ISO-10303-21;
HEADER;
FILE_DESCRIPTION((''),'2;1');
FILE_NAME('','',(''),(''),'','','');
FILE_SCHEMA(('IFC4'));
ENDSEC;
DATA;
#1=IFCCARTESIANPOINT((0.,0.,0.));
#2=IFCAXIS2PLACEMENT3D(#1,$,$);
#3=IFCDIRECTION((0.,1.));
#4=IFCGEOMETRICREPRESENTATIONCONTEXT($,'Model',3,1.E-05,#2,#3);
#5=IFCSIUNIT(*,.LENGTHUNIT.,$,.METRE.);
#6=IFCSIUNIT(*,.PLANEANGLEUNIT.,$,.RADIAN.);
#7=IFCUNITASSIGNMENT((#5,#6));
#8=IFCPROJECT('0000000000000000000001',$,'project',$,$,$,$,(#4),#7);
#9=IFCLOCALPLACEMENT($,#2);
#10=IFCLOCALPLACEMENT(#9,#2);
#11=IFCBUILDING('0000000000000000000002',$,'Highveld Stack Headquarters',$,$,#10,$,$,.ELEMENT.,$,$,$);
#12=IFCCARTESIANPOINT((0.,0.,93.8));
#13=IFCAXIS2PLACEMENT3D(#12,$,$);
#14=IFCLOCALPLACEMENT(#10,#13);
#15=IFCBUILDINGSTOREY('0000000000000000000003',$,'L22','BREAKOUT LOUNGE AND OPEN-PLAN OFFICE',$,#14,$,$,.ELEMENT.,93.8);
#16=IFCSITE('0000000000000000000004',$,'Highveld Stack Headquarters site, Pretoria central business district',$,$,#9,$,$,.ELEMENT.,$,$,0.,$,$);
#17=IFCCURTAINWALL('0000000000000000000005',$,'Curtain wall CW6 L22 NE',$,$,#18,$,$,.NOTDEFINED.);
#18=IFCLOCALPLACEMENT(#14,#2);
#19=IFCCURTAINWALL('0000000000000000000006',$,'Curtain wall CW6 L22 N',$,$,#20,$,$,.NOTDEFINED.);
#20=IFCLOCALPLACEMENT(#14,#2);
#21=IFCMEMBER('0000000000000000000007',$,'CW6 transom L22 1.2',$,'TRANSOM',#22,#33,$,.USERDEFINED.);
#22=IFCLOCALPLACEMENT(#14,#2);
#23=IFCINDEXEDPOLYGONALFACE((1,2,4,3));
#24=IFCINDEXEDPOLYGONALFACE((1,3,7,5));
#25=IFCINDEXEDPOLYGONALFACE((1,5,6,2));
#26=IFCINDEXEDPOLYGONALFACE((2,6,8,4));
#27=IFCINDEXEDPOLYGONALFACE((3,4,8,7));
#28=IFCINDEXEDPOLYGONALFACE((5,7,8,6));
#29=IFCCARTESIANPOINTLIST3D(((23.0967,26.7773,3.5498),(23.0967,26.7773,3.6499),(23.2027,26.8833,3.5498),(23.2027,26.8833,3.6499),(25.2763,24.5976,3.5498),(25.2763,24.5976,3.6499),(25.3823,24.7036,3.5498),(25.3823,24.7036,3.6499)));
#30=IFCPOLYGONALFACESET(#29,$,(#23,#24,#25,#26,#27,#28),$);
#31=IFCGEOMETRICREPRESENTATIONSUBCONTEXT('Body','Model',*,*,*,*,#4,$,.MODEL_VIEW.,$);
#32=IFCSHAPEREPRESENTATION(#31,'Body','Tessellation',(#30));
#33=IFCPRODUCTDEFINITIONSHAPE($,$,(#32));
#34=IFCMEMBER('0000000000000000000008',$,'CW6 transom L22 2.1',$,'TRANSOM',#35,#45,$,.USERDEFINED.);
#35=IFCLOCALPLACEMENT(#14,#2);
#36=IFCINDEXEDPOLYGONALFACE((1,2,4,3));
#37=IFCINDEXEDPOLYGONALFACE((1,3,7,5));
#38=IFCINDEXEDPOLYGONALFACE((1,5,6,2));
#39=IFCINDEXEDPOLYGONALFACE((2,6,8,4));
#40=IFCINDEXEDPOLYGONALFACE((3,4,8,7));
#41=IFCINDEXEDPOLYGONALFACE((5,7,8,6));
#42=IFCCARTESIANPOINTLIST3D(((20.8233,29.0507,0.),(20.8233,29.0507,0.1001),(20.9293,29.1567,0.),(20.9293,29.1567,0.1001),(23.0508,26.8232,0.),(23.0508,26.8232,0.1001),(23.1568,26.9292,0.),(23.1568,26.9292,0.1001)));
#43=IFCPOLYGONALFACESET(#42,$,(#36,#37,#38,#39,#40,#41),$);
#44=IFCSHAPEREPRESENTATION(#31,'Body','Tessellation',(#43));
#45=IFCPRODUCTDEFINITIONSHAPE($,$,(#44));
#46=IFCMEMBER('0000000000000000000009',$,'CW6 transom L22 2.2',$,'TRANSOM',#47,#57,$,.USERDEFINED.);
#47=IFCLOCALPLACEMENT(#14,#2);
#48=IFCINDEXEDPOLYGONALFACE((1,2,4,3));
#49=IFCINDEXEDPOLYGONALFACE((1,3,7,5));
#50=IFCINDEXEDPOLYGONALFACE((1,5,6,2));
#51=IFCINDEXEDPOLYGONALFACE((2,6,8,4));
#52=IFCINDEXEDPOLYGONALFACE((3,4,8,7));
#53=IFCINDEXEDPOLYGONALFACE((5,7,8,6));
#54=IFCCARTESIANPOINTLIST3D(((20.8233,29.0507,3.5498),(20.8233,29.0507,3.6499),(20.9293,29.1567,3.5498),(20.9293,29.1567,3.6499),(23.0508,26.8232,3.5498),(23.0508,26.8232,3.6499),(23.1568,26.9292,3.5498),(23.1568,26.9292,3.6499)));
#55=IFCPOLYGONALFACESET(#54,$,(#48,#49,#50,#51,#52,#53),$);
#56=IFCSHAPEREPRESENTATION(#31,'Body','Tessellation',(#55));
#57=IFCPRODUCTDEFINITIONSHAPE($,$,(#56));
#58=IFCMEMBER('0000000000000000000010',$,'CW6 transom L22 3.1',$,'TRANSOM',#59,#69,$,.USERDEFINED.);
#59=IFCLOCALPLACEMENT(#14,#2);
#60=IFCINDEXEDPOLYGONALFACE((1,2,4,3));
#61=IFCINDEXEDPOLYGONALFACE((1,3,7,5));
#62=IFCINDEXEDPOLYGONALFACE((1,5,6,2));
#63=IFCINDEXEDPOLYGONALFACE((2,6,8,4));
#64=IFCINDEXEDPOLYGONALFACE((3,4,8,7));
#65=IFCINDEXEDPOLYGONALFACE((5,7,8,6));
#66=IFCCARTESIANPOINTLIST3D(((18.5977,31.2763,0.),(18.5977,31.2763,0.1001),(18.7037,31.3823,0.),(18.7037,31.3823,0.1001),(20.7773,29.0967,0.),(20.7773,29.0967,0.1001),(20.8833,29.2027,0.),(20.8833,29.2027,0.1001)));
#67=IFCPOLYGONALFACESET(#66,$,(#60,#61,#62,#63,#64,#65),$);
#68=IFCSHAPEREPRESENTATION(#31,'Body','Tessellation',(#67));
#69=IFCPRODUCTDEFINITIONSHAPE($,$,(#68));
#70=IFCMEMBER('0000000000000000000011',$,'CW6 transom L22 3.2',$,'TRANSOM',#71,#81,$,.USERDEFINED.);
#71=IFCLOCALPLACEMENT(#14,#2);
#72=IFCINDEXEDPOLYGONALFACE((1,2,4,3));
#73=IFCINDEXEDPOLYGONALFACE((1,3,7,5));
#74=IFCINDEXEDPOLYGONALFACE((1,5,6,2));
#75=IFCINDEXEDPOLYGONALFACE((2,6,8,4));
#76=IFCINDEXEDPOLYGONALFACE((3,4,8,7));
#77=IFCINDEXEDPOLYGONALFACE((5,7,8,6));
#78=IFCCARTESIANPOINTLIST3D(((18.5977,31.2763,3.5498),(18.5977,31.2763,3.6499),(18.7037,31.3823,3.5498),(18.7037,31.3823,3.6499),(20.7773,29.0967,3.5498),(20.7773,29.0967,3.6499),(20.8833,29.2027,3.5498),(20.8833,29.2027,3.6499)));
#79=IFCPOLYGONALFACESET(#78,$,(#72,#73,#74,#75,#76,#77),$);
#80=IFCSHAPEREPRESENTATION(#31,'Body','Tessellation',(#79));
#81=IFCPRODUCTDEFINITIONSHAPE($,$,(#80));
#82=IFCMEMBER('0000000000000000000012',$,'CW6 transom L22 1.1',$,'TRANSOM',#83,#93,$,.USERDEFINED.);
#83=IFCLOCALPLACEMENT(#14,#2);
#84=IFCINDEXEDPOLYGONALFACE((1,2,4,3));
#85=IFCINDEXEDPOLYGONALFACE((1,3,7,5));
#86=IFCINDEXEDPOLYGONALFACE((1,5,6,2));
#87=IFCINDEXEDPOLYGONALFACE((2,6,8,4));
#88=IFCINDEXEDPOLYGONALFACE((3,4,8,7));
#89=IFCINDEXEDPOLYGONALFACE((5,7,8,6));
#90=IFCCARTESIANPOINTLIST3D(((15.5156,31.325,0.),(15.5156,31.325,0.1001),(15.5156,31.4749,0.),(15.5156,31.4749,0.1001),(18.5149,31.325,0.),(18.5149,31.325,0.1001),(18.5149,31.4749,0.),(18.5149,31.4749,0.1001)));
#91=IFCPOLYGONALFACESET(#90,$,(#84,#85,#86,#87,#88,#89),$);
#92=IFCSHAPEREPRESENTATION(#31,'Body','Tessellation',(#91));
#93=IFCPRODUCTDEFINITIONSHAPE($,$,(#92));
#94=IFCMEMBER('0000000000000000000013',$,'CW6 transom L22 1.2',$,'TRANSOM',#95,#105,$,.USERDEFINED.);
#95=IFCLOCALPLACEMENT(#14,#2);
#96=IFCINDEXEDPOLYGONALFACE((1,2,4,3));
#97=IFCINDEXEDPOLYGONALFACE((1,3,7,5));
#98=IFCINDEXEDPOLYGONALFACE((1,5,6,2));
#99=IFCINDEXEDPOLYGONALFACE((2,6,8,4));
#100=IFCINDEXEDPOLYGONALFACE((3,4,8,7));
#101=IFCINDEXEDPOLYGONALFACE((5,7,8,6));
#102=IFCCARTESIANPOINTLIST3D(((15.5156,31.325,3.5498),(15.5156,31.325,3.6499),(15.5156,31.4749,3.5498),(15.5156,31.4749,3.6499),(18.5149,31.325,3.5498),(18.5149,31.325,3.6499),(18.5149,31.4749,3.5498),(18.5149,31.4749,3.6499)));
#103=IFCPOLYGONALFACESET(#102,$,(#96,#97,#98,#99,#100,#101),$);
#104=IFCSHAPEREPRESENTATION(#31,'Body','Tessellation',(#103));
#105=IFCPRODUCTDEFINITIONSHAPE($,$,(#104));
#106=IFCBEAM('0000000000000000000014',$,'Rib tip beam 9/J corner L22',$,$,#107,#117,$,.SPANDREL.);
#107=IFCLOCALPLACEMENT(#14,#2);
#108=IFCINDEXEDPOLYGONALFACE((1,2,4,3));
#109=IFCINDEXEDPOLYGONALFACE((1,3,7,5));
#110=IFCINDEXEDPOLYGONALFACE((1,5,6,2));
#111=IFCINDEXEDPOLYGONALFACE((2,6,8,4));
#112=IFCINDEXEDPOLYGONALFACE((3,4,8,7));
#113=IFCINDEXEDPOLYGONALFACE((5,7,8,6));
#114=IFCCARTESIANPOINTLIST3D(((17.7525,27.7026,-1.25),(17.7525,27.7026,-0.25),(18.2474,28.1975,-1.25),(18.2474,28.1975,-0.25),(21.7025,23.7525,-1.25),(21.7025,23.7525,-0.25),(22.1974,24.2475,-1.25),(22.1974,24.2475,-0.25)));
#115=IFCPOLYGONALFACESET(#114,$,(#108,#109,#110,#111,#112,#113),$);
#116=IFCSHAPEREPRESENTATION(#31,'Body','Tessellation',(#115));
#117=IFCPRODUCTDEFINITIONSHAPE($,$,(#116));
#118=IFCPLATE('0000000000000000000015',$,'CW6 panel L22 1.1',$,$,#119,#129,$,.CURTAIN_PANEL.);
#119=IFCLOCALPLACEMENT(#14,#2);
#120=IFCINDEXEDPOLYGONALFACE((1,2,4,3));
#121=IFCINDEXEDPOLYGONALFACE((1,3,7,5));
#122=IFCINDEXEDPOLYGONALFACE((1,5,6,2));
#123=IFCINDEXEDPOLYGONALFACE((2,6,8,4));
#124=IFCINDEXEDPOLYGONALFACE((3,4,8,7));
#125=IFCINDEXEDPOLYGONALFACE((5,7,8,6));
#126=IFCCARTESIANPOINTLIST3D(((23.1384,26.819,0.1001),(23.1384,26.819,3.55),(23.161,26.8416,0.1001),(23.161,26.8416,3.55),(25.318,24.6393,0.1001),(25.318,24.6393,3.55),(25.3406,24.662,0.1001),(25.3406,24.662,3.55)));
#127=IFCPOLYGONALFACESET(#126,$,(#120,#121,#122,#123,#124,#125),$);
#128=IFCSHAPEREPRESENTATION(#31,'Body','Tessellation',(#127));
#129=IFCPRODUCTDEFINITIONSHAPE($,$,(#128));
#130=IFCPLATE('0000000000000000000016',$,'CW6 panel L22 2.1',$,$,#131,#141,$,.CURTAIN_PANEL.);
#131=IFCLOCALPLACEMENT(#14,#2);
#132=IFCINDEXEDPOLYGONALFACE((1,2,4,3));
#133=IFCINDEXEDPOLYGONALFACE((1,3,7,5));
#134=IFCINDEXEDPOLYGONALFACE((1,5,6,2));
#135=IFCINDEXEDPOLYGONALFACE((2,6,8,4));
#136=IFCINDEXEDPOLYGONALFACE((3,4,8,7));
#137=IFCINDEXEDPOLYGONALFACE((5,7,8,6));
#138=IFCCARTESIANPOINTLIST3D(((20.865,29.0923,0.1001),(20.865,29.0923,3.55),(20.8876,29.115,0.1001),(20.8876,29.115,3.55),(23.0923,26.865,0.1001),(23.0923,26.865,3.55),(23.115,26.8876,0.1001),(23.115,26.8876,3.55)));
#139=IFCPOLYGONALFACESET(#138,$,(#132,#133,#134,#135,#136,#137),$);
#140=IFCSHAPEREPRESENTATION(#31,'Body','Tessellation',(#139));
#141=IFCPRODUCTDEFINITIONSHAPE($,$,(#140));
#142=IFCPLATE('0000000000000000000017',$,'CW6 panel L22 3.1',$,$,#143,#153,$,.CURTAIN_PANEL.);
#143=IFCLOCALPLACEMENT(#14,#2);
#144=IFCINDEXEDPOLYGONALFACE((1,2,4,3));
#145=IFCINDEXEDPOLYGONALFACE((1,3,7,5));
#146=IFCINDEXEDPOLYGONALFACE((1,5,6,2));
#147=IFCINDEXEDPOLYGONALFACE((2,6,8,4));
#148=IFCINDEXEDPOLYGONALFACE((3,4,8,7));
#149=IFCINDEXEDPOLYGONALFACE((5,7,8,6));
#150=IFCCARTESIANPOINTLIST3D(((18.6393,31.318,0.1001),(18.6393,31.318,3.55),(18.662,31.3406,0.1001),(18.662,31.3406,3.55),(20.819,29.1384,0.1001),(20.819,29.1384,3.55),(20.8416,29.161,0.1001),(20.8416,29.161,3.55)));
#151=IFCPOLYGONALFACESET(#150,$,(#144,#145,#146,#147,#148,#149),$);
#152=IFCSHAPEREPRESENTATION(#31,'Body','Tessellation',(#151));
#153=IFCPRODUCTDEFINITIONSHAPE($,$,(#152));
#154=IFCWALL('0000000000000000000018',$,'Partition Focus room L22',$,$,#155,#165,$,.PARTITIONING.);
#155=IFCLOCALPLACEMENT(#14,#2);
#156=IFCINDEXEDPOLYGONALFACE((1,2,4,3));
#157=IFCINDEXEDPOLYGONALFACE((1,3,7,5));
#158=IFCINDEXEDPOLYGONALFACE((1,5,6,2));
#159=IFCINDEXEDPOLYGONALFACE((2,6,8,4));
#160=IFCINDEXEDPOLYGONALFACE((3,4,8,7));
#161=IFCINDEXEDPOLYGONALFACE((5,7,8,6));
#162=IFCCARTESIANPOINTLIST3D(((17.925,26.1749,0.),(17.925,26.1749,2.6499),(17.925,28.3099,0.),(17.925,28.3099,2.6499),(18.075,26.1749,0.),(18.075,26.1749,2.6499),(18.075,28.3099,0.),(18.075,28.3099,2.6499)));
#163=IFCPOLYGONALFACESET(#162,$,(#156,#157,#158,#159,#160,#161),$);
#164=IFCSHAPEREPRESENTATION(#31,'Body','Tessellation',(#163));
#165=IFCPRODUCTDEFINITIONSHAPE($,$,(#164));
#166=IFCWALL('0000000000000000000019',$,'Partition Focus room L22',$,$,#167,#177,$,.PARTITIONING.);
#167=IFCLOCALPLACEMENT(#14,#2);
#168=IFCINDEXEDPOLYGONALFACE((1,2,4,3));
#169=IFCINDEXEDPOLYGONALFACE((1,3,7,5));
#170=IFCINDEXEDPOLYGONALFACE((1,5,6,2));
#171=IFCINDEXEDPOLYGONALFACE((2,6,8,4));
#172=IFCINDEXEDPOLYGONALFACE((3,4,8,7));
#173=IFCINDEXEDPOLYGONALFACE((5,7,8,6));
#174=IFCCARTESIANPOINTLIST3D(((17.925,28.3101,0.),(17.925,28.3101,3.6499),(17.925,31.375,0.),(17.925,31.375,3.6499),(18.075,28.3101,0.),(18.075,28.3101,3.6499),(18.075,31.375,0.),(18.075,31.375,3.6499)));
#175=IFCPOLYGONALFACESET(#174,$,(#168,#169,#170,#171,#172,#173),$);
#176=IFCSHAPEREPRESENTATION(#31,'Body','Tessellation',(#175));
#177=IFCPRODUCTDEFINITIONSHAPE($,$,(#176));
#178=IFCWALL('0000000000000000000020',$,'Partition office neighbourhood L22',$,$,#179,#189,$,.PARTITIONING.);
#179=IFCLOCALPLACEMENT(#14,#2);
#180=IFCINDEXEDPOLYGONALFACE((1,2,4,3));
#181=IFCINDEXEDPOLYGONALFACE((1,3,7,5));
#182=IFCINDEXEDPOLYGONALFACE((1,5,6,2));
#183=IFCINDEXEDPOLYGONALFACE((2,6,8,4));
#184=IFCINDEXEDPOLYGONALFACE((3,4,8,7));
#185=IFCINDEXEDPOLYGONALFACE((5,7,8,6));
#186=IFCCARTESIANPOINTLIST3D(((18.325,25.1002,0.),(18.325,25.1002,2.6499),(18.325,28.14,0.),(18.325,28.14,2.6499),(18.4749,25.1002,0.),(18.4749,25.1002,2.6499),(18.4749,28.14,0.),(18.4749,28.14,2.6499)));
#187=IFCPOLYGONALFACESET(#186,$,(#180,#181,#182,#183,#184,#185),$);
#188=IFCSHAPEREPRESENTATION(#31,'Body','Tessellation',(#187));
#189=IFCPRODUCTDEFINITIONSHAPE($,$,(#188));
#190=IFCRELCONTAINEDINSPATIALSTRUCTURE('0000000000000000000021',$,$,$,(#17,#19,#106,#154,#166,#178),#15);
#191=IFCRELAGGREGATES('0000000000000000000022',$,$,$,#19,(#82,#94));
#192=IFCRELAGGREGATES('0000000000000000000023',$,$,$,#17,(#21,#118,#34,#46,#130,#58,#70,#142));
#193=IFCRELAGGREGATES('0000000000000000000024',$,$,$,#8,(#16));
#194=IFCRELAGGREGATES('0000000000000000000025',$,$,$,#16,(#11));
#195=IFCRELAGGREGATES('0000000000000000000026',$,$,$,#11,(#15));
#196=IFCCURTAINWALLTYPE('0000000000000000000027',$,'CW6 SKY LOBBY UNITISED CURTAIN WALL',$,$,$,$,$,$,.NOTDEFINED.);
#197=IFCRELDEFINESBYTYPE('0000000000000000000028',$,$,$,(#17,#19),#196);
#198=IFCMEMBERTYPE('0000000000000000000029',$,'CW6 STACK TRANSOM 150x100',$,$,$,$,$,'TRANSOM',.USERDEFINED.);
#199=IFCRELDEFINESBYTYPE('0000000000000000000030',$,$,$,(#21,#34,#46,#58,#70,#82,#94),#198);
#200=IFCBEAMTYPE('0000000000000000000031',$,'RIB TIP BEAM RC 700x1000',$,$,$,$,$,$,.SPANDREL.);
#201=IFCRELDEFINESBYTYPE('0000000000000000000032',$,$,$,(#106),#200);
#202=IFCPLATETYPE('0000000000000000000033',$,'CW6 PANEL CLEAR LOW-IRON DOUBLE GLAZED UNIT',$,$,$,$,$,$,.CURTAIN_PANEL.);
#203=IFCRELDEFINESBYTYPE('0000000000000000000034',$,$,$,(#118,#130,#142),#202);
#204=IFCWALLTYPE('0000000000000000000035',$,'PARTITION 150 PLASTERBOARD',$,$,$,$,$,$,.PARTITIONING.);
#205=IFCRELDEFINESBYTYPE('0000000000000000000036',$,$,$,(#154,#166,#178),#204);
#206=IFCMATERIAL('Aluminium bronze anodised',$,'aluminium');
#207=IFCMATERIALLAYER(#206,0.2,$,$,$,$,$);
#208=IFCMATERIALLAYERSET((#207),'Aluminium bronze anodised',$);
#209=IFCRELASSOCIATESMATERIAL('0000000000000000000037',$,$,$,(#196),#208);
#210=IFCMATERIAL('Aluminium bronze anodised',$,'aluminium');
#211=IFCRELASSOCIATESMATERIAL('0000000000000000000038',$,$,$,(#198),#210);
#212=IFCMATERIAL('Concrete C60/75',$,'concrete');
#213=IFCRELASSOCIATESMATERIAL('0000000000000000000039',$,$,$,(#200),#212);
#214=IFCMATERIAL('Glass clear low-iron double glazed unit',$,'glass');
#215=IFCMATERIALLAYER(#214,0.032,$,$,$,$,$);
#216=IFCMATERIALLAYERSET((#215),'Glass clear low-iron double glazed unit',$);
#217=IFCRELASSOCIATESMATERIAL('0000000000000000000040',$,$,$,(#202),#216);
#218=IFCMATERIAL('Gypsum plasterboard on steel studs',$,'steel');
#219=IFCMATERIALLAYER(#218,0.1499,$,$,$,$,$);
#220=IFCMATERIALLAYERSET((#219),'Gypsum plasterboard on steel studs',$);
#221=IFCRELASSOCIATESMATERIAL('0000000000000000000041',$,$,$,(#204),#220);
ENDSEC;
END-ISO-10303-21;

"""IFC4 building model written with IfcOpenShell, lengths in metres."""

from ifc_helpers import new_model, si_unit, direction, frame, frame_2d, origin, origin_2d, place, context, subcontext, project, spatial, rectangle, extrude, material, layer, layer_set, material_profile, profile_set, type_object, element, aggregate, save


model = new_model("IFC4")

# Units and contexts
model_context = context("Model", 3, precision=1e-05, world=origin(), true_north=direction((0.0, 1.0)))
body_context = subcontext(model_context, "Body", "Model", "MODEL_VIEW")
ifc_project = project(units=[si_unit("LENGTHUNIT", "METRE"), si_unit("PLANEANGLEUNIT", "RADIAN")], contexts=[model_context])

# Site, building, storey
site_placement = place(None, origin())
site = spatial("IfcSite", under=ifc_project, at=site_placement, Name="Highveld Stack Headquarters site, Pretoria central business district", CompositionType="ELEMENT", RefElevation=0.0)
building_placement = place(site_placement, origin())
building = spatial("IfcBuilding", under=site, at=building_placement, Name="Highveld Stack Headquarters", CompositionType="ELEMENT")
storey_placement = place(building_placement, frame((0.0, 0.0, 93.8)))
storey = spatial("IfcBuildingStorey", under=building, at=storey_placement, Name="L22", Description="BREAKOUT LOUNGE AND OPEN-PLAN OFFICE", CompositionType="ELEMENT", Elevation=93.8)

# Shared definitions
ifc_material_1 = material(Name="Aluminium bronze anodised", Category="aluminium")
ifc_layer_1 = layer(ifc_material_1, 0.2)
ifc_layer_set_1 = layer_set([ifc_layer_1], Name="Aluminium bronze anodised")
curtain_wall_type = type_object("IfcCurtainWallType", Name="CW6 SKY LOBBY UNITISED CURTAIN WALL", PredefinedType="NOTDEFINED", material=ifc_layer_set_1)

# Curtain wall
curtain_wall_1_placement = place(storey_placement, origin())
curtain_wall_1 = element("IfcCurtainWall", 1, at=curtain_wall_1_placement, inside=storey, type_object=curtain_wall_type, Name="Curtain wall CW6 L22 NE", PredefinedType="NOTDEFINED")

# Curtain wall
curtain_wall_2_placement = place(storey_placement, origin())
curtain_wall_2 = element("IfcCurtainWall", 2, at=curtain_wall_2_placement, inside=storey, type_object=curtain_wall_type, Name="Curtain wall CW6 L22 N", PredefinedType="NOTDEFINED")

# Members
ifc_material_2 = material(Name="Aluminium bronze anodised", Category="aluminium")
ifc_material_profile_1 = material_profile(ifc_material_2, rectangle(XDim=0.1499, YDim=0.1001, at=origin_2d()), Name="CW6 TRANSOM 150x100")
ifc_profile_set_1 = profile_set([ifc_material_profile_1], Name="Aluminium bronze anodised")
member_type_1 = type_object("IfcMemberType", Name="CW6 STACK TRANSOM 150x100", ElementType="TRANSOM", PredefinedType="USERDEFINED", material=ifc_profile_set_1)
member_1_placement = place(storey_placement, frame((25.3293, 24.6506, 3.5999), z_axis=(-0.707107, 0.707107, 0.0), x_axis=(-0.707107, -0.707107, 0.0)))
member_1 = element("IfcMember", 3, at=member_1_placement, type_object=member_type_1, Name="CW6 transom L22 1.2", ObjectType="TRANSOM", PredefinedType="USERDEFINED", context=body_context, shape_type="SweptSolid", body=[
    extrude(rectangle(XDim=0.1499, YDim=0.1001, at=origin_2d()), origin(), (0.0, 0.0, 1.0), 3.0825),
])
member_2_placement = place(storey_placement, frame((23.1038, 26.8762, 0.05), z_axis=(-0.707107, 0.707107, 0.0), x_axis=(-0.707107, -0.707107, 0.0)))
member_2 = element("IfcMember", 4, at=member_2_placement, type_object=member_type_1, Name="CW6 transom L22 2.1", ObjectType="TRANSOM", PredefinedType="USERDEFINED", context=body_context, shape_type="SweptSolid", body=[
    extrude(rectangle(XDim=0.1499, YDim=0.1001, at=origin_2d()), origin(), (0.0, 0.0, 1.0), 3.1501),
])
member_3_placement = place(storey_placement, frame((23.1038, 26.8762, 3.5999), z_axis=(-0.707107, 0.707107, 0.0), x_axis=(-0.707107, -0.707107, 0.0)))
member_3 = element("IfcMember", 5, at=member_3_placement, type_object=member_type_1, Name="CW6 transom L22 2.2", ObjectType="TRANSOM", PredefinedType="USERDEFINED", context=body_context, shape_type="SweptSolid", body=[
    extrude(rectangle(XDim=0.1499, YDim=0.1001, at=origin_2d()), origin(), (0.0, 0.0, 1.0), 3.1501),
])
member_4_placement = place(storey_placement, frame((20.8303, 29.1497, 0.05), z_axis=(-0.707107, 0.707107, 0.0), x_axis=(-0.707107, -0.707107, 0.0)))
member_4 = element("IfcMember", 6, at=member_4_placement, type_object=member_type_1, Name="CW6 transom L22 3.1", ObjectType="TRANSOM", PredefinedType="USERDEFINED", context=body_context, shape_type="SweptSolid", body=[
    extrude(rectangle(XDim=0.1499, YDim=0.1001, at=origin_2d()), origin(), (0.0, 0.0, 1.0), 3.0825),
])
member_5_placement = place(storey_placement, frame((20.8303, 29.1497, 3.5999), z_axis=(-0.707107, 0.707107, 0.0), x_axis=(-0.707107, -0.707107, 0.0)))
member_5 = element("IfcMember", 7, at=member_5_placement, type_object=member_type_1, Name="CW6 transom L22 3.2", ObjectType="TRANSOM", PredefinedType="USERDEFINED", context=body_context, shape_type="SweptSolid", body=[
    extrude(rectangle(XDim=0.1499, YDim=0.1001, at=origin_2d()), origin(), (0.0, 0.0, 1.0), 3.0825),
])
member_6_placement = place(storey_placement, frame((18.5149, 31.3999, 0.05), z_axis=(-1.0, 0.0, 0.0), x_axis=(0.0, -1.0, 0.0)))
member_6 = element("IfcMember", 8, at=member_6_placement, type_object=member_type_1, Name="CW6 transom L22 1.1", ObjectType="TRANSOM", PredefinedType="USERDEFINED", context=body_context, shape_type="SweptSolid", body=[
    extrude(rectangle(XDim=0.1499, YDim=0.1001, at=origin_2d()), origin(), (0.0, 0.0, 1.0), 2.9993),
])
member_7_placement = place(storey_placement, frame((18.5149, 31.3999, 3.5999), z_axis=(-1.0, 0.0, 0.0), x_axis=(0.0, -1.0, 0.0)))
member_7 = element("IfcMember", 9, at=member_7_placement, type_object=member_type_1, Name="CW6 transom L22 1.2", ObjectType="TRANSOM", PredefinedType="USERDEFINED", context=body_context, shape_type="SweptSolid", body=[
    extrude(rectangle(XDim=0.1499, YDim=0.1001, at=origin_2d()), origin(), (0.0, 0.0, 1.0), 2.9993),
])
aggregate(curtain_wall_2, [member_6, member_7])

# Beam
ifc_material_3 = material(Name="Concrete C60/75", Category="concrete")
ifc_material_profile_2 = material_profile(ifc_material_3, rectangle(XDim=0.7, YDim=1.0, at=origin_2d()), Name="RC 700x1000")
ifc_profile_set_2 = profile_set([ifc_material_profile_2], Name="Concrete C60/75")
beam_type_1 = type_object("IfcBeamType", Name="RIB TIP BEAM RC 700x1000", PredefinedType="SPANDREL", material=ifc_profile_set_2)
beam_1_placement = place(storey_placement, frame((21.95, 24.0, -0.75), z_axis=(-0.707107, 0.707107, 0.0), x_axis=(-0.707107, -0.707107, 0.0)))
element("IfcBeam", 10, at=beam_1_placement, inside=storey, type_object=beam_type_1, Name="Rib tip beam 9/J corner L22", PredefinedType="SPANDREL", context=body_context, shape_type="SweptSolid", body=[
    extrude(rectangle(XDim=0.7, YDim=1.0, at=origin_2d()), origin(), (0.0, 0.0, 1.0), 5.5862),
])

# Plates
ifc_material_4 = material(Name="Glass clear low-iron double glazed unit", Category="glass")
ifc_layer_2 = layer(ifc_material_4, 0.032)
ifc_layer_set_2 = layer_set([ifc_layer_2], Name="Glass clear low-iron double glazed unit")
plate_type = type_object("IfcPlateType", Name="CW6 PANEL CLEAR LOW-IRON DOUBLE GLAZED UNIT", PredefinedType="CURTAIN_PANEL", material=ifc_layer_set_2)
plate_1_placement = place(storey_placement, frame((24.2395, 25.7405, 0.1001), z_axis=(0.0, 0.0, 1.0), x_axis=(-0.707107, 0.707107, 0.0)))
plate_1 = element("IfcPlate", 11, at=plate_1_placement, type_object=plate_type, Name="CW6 panel L22 1.1", PredefinedType="CURTAIN_PANEL", context=body_context, shape_type="SweptSolid", body=[
    extrude(rectangle(XDim=3.0825, YDim=0.032, at=origin_2d()), origin(), (0.0, 0.0, 1.0), 3.45),
])
plate_2_placement = place(storey_placement, frame((21.99, 27.99, 0.1001), z_axis=(0.0, 0.0, 1.0), x_axis=(-0.707107, 0.707107, 0.0)))
plate_2 = element("IfcPlate", 12, at=plate_2_placement, type_object=plate_type, Name="CW6 panel L22 2.1", PredefinedType="CURTAIN_PANEL", context=body_context, shape_type="SweptSolid", body=[
    extrude(rectangle(XDim=3.1499, YDim=0.032, at=origin_2d()), origin(), (0.0, 0.0, 1.0), 3.45),
])
plate_3_placement = place(storey_placement, frame((19.7405, 30.2395, 0.1001), z_axis=(0.0, 0.0, 1.0), x_axis=(-0.707107, 0.707107, 0.0)))
plate_3 = element("IfcPlate", 13, at=plate_3_placement, type_object=plate_type, Name="CW6 panel L22 3.1", PredefinedType="CURTAIN_PANEL", context=body_context, shape_type="SweptSolid", body=[
    extrude(rectangle(XDim=3.0825, YDim=0.032, at=origin_2d()), origin(), (0.0, 0.0, 1.0), 3.45),
])
aggregate(curtain_wall_1, [member_1, plate_1, member_2, member_3, plate_2, member_4, member_5, plate_3])

# Walls
ifc_material_5 = material(Name="Gypsum plasterboard on steel studs", Category="steel")
ifc_layer_3 = layer(ifc_material_5, 0.1499)
ifc_layer_set_3 = layer_set([ifc_layer_3], Name="Gypsum plasterboard on steel studs")
wall_type = type_object("IfcWallType", Name="PARTITION 150 PLASTERBOARD", PredefinedType="PARTITIONING", material=ifc_layer_set_3)
wall_1_placement = place(storey_placement, frame((18.0, 26.175, 0.0), z_axis=(0.0, 0.0, 1.0), x_axis=(0.0, 1.0, 0.0)))
element("IfcWall", 14, at=wall_1_placement, inside=storey, type_object=wall_type, Name="Partition Focus room L22", PredefinedType="PARTITIONING", context=body_context, shape_type="SweptSolid", body=[
    extrude(rectangle(XDim=2.135, YDim=0.1499, at=frame_2d((1.0674, 0.0))), origin(), (0.0, 0.0, 1.0), 2.6499),
])
wall_2_placement = place(storey_placement, frame((18.0, 28.3101, 0.0), z_axis=(0.0, 0.0, 1.0), x_axis=(0.0, 1.0, 0.0)))
element("IfcWall", 15, at=wall_2_placement, inside=storey, type_object=wall_type, Name="Partition Focus room L22", PredefinedType="PARTITIONING", context=body_context, shape_type="SweptSolid", body=[
    extrude(rectangle(XDim=3.0649, YDim=0.1499, at=frame_2d((1.5325, 0.0))), origin(), (0.0, 0.0, 1.0), 3.6499),
])
wall_3_placement = place(storey_placement, frame((18.3999, 25.1001, 0.0), z_axis=(0.0, 0.0, 1.0), x_axis=(0.0, 1.0, 0.0)))
element("IfcWall", 16, at=wall_3_placement, inside=storey, type_object=wall_type, Name="Partition office neighbourhood L22", PredefinedType="PARTITIONING", context=body_context, shape_type="SweptSolid", body=[
    extrude(rectangle(XDim=3.0398, YDim=0.1499, at=frame_2d((1.52, 0.0))), origin(), (0.0, 0.0, 1.0), 2.6499),
])

save(model, "model.ifc")
